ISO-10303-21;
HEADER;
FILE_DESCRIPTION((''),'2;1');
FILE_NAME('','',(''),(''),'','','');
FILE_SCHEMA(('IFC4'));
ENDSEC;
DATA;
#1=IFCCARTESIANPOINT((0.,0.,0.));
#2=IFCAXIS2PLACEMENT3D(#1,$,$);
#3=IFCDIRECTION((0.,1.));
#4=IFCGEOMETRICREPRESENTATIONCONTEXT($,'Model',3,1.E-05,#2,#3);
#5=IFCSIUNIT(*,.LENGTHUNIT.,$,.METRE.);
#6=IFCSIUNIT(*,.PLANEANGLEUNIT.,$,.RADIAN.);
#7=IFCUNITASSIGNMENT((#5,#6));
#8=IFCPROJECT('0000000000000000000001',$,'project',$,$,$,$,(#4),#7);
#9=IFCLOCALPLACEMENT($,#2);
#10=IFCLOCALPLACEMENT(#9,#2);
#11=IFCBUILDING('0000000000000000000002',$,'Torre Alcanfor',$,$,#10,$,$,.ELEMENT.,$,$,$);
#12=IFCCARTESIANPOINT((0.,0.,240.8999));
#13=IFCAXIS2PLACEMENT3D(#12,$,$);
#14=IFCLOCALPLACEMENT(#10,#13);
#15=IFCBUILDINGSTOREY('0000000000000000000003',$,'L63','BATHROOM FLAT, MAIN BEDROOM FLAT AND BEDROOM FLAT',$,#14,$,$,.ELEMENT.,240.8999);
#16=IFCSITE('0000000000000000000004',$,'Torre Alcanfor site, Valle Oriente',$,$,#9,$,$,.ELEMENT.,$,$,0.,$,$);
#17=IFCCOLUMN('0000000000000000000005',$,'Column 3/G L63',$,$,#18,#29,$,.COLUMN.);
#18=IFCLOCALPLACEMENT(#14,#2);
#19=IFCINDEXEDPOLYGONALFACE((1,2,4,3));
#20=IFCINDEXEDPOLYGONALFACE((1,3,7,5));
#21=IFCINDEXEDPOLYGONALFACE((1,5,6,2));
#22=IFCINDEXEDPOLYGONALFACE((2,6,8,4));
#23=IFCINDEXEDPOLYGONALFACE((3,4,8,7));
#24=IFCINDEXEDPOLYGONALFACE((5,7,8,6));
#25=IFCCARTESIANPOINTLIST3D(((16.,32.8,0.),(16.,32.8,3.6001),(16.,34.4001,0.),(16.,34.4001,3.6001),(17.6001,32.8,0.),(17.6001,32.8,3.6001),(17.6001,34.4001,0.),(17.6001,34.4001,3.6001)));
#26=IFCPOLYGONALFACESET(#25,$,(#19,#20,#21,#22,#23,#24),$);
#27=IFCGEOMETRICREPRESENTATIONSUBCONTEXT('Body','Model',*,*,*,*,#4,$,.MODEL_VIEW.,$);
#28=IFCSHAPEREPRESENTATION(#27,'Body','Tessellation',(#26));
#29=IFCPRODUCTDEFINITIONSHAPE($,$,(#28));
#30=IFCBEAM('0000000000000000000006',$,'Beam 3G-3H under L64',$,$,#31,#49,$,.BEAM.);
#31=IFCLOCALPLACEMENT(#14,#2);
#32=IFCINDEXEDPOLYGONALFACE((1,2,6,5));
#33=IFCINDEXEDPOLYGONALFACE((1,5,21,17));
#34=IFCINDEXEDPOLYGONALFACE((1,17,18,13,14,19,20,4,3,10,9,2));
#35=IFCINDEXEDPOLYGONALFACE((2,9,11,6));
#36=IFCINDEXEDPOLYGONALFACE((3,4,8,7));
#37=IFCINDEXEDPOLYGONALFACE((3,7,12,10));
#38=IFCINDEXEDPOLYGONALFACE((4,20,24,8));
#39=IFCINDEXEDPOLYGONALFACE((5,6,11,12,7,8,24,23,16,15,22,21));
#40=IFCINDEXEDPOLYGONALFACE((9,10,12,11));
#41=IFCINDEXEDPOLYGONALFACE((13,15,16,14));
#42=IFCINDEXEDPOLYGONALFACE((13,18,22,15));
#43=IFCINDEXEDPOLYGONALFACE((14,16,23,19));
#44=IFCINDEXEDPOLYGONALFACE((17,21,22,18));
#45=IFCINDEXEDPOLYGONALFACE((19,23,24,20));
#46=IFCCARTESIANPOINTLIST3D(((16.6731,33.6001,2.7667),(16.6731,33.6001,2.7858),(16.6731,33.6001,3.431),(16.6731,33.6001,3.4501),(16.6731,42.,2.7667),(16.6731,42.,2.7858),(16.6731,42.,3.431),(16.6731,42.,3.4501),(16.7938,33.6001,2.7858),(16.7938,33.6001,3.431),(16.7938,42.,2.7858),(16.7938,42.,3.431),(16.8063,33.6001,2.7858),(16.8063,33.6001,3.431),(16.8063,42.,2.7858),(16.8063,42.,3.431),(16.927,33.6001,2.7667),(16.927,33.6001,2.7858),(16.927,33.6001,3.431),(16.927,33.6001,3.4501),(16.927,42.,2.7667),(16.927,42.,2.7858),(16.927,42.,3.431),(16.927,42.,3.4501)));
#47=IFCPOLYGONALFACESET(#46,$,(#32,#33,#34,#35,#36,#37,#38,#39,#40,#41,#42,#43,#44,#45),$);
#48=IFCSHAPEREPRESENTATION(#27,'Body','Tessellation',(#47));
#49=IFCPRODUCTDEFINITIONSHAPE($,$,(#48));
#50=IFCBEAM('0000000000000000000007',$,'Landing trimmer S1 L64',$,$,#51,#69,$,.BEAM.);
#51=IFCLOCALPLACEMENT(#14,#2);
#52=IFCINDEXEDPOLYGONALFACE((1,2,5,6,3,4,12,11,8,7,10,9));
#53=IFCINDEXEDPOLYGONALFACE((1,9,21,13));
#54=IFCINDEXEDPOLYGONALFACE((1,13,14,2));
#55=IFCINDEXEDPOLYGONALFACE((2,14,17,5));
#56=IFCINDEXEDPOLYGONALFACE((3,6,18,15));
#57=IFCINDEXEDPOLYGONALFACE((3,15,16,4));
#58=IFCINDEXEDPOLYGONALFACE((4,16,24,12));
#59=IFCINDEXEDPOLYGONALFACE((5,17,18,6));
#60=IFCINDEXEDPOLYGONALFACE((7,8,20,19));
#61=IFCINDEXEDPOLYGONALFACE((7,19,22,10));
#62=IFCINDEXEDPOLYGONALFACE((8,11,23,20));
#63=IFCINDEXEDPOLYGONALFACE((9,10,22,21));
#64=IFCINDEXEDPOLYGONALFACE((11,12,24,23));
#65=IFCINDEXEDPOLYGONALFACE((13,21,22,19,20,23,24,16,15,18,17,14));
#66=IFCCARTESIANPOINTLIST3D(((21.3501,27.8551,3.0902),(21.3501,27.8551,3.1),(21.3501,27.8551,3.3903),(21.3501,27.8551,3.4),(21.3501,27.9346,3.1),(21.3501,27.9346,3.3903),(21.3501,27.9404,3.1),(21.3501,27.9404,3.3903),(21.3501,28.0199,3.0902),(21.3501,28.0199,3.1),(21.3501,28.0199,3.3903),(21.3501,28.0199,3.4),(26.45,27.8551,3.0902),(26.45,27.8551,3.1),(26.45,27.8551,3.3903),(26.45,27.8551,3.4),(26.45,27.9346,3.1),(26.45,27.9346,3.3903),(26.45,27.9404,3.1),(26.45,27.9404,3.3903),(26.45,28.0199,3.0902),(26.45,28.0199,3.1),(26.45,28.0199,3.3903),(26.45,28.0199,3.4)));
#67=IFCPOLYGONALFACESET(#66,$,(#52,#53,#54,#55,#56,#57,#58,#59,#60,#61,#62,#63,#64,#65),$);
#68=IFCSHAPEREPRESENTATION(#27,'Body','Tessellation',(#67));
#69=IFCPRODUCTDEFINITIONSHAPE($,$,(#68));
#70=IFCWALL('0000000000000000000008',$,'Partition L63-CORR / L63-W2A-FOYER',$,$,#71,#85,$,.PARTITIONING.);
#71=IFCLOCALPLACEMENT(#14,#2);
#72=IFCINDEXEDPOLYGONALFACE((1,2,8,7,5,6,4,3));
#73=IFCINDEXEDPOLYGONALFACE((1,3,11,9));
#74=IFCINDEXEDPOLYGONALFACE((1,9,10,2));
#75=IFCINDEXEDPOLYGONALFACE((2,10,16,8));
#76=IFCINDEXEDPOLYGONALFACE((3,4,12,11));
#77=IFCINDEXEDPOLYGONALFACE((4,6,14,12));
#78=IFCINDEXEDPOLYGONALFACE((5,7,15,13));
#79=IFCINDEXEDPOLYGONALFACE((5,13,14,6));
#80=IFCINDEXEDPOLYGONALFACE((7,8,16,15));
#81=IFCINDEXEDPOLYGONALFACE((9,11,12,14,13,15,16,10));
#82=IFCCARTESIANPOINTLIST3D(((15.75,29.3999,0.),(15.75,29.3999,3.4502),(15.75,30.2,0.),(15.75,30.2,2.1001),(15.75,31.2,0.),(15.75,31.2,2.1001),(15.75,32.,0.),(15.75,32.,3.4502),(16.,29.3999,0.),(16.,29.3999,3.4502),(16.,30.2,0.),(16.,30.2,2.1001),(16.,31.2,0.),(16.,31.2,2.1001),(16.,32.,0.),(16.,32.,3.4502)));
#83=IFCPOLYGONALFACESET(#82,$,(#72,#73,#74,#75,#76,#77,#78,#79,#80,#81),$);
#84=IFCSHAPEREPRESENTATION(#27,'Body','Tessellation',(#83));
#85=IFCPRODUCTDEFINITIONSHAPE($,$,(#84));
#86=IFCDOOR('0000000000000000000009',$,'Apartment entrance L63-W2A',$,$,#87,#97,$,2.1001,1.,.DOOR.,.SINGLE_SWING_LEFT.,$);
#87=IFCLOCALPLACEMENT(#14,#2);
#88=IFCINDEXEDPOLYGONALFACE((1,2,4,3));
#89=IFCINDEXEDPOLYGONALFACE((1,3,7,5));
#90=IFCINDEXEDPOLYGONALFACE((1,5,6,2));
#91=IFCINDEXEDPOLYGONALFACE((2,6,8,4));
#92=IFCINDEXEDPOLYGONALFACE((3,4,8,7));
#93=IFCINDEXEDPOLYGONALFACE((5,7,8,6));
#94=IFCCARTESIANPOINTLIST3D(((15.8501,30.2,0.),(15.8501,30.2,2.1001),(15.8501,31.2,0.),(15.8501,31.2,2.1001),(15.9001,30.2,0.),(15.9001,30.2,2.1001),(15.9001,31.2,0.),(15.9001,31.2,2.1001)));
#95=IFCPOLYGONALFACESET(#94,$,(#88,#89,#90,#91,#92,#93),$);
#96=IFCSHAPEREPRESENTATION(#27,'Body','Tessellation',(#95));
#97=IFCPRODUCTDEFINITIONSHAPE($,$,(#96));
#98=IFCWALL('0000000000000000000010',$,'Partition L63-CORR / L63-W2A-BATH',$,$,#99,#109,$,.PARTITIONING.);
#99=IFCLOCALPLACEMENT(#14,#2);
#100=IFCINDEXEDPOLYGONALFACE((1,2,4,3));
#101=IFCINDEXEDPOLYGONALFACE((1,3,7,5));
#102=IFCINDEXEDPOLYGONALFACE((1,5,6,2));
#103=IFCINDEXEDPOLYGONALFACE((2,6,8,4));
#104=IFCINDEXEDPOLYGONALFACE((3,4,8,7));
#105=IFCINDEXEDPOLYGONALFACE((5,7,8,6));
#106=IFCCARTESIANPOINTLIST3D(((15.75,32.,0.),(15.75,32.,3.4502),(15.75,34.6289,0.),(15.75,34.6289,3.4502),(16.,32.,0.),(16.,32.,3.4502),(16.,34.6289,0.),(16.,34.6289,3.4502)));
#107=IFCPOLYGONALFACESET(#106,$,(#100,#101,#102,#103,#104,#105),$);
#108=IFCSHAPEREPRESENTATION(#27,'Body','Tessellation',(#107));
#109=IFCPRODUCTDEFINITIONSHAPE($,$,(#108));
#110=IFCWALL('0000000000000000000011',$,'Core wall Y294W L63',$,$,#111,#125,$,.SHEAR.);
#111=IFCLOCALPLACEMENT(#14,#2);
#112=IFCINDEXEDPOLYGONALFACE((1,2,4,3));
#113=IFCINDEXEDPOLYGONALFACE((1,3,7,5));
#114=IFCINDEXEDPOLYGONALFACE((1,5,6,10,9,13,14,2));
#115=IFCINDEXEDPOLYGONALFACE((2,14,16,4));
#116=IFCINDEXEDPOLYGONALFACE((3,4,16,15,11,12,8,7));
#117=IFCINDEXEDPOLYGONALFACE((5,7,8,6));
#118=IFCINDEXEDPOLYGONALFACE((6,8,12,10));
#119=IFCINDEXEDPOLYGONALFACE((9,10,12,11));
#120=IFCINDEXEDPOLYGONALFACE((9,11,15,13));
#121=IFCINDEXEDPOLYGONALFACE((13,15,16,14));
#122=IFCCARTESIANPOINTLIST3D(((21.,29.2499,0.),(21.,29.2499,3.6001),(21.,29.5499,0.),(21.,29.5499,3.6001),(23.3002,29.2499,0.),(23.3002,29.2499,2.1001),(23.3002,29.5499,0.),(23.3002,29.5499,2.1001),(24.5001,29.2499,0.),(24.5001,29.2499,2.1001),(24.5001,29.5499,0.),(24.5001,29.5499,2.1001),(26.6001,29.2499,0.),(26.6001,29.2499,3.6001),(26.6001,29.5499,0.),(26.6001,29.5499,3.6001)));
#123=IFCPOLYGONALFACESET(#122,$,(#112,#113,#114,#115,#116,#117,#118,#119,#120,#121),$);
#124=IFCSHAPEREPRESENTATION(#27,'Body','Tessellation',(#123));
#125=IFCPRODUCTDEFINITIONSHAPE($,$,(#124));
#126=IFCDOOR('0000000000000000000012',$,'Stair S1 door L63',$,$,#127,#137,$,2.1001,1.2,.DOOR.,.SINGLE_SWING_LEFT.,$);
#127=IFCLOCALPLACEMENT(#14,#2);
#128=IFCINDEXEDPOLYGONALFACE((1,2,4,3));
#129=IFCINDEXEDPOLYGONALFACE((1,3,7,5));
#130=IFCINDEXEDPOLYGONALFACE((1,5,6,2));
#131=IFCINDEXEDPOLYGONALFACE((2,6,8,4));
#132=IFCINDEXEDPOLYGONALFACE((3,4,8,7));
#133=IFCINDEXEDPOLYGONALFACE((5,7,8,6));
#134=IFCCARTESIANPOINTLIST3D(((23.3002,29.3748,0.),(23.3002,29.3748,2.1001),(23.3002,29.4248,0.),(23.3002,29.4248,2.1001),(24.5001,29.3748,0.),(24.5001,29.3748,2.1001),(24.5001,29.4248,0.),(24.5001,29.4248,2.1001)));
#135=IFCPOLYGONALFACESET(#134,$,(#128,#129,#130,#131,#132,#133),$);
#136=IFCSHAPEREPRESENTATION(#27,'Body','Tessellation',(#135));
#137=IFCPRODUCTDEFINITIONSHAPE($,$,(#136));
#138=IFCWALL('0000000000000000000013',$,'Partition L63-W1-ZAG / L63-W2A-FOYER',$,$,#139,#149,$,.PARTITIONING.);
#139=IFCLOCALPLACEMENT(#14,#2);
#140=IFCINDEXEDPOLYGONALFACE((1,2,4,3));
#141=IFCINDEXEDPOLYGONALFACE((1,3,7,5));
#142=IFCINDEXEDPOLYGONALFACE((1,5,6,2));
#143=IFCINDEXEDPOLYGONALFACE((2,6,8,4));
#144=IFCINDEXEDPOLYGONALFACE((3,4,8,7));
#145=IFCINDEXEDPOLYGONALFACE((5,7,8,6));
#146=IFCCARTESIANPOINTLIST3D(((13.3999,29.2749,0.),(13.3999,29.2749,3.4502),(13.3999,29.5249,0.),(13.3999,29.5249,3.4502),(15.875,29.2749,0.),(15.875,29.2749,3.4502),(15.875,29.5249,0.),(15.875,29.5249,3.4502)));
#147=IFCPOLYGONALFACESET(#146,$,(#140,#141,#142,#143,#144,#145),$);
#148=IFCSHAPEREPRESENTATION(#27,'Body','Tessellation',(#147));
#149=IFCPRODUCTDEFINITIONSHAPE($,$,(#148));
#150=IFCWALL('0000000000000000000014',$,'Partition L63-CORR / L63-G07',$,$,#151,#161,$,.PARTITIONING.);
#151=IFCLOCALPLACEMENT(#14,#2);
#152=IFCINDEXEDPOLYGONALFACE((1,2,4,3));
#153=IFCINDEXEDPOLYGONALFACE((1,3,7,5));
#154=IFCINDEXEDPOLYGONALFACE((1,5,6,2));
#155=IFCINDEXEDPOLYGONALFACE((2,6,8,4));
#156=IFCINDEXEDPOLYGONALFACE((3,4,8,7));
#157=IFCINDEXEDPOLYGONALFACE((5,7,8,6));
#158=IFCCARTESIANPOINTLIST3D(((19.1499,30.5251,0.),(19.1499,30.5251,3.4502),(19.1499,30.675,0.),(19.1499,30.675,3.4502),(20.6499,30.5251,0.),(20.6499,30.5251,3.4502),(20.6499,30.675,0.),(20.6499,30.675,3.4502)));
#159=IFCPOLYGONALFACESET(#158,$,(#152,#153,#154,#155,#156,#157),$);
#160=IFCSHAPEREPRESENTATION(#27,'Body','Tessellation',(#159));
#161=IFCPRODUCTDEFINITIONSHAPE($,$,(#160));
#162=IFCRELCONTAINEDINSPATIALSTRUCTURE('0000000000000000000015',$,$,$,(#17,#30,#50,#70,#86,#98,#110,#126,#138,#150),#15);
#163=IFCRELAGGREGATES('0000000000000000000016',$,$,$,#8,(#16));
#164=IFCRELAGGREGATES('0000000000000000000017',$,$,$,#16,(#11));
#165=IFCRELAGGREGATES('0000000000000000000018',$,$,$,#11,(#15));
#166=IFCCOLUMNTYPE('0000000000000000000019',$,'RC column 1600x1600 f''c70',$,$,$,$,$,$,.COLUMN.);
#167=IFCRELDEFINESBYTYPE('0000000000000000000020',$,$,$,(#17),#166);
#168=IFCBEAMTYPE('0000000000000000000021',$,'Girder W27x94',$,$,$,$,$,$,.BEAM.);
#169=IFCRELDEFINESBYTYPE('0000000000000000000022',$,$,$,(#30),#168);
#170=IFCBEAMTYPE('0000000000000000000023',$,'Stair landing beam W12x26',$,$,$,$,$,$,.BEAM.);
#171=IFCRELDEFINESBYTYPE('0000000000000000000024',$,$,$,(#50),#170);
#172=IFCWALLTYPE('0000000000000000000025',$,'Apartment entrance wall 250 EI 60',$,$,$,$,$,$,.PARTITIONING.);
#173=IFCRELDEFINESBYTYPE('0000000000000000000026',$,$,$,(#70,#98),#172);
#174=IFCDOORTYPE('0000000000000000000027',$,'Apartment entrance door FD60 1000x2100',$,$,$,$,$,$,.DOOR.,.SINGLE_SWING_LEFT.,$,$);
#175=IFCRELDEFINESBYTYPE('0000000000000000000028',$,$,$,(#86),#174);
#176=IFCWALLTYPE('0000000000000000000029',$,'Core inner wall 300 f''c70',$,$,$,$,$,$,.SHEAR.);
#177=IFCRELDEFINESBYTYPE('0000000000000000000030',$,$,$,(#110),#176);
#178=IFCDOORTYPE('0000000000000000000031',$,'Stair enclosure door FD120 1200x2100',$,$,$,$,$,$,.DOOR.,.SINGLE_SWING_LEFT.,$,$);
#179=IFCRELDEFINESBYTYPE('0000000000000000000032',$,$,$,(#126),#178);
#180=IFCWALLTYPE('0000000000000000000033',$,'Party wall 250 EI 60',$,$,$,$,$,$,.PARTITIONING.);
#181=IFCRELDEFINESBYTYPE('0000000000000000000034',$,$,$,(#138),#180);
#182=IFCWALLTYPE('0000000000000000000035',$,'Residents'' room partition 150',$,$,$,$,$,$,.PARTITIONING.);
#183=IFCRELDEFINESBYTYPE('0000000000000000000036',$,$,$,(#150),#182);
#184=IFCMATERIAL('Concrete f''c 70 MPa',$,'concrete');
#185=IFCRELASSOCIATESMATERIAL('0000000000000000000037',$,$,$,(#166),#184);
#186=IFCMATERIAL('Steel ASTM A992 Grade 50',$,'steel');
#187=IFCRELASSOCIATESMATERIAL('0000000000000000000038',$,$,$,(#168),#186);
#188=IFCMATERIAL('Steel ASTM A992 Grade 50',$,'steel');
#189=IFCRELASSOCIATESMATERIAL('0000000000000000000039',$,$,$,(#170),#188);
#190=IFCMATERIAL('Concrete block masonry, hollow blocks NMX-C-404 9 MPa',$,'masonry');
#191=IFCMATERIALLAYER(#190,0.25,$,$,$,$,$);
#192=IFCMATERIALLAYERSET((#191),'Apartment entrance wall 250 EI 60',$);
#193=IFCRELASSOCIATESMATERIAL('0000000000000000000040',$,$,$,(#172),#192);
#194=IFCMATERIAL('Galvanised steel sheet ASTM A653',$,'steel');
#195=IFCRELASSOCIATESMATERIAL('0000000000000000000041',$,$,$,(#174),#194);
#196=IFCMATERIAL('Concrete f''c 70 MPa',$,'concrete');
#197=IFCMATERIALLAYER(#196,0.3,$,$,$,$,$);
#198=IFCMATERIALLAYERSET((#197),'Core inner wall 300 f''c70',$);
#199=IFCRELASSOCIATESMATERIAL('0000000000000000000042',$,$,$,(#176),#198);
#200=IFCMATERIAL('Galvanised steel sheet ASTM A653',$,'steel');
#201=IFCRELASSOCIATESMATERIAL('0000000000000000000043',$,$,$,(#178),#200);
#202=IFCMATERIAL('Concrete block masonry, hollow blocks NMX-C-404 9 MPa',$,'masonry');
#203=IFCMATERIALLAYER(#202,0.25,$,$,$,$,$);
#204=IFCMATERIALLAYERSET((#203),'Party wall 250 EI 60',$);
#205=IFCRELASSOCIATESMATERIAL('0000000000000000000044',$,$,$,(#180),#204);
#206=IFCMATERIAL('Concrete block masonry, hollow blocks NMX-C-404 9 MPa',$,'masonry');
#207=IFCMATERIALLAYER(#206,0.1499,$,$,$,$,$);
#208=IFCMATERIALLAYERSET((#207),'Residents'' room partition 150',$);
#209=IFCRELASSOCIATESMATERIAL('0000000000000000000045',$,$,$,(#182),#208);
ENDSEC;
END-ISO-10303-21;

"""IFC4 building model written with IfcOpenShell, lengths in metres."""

from ifc_helpers import new_model, si_unit, direction, frame, frame_2d, origin, origin_2d, place, context, subcontext, project, spatial, rectangle, i_section, extrude, material, layer, layer_set, material_profile, profile_set, type_object, element, fill, save


model = new_model("IFC4")

# Units and contexts
model_context = context("Model", 3, precision=1e-05, world=origin(), true_north=direction((0.0, 1.0)))
body_context = subcontext(model_context, "Body", "Model", "MODEL_VIEW")
ifc_project = project(units=[si_unit("LENGTHUNIT", "METRE"), si_unit("PLANEANGLEUNIT", "RADIAN")], contexts=[model_context])

# Site, building, storey
site_placement = place(None, origin())
site = spatial("IfcSite", under=ifc_project, at=site_placement, Name="Torre Alcanfor site, Valle Oriente", CompositionType="ELEMENT", RefElevation=0.0)
building_placement = place(site_placement, origin())
building = spatial("IfcBuilding", under=site, at=building_placement, Name="Torre Alcanfor", CompositionType="ELEMENT")
storey_placement = place(building_placement, frame((0.0, 0.0, 240.8999)))
storey = spatial("IfcBuildingStorey", under=building, at=storey_placement, Name="L63", Description="BATHROOM FLAT, MAIN BEDROOM FLAT AND BEDROOM FLAT", CompositionType="ELEMENT", Elevation=240.8999)

# Column
ifc_material_1 = material(Name="Concrete f'c 70 MPa", Category="concrete")
ifc_material_profile_1 = material_profile(ifc_material_1, rectangle(XDim=1.6001, YDim=1.6001, at=origin_2d()), Name="1600x1600")
ifc_profile_set_1 = profile_set([ifc_material_profile_1], Name="Concrete f'c 70 MPa")
column_type = type_object("IfcColumnType", Name="RC column 1600x1600 f'c70", PredefinedType="COLUMN", material=ifc_profile_set_1)
column_placement = place(storey_placement, frame((16.8, 33.6001, 0.0), z_axis=(0.0, 0.0, 1.0), x_axis=(1.0, 0.0, 0.0)))
element("IfcColumn", 1, at=column_placement, inside=storey, type_object=column_type, Name="Column 3/G L63", PredefinedType="COLUMN", context=body_context, shape_type="SweptSolid", body=[
    extrude(rectangle(XDim=1.6001, YDim=1.6001, at=origin_2d()), origin(), (0.0, 0.0, 1.0), 3.6001),
])

# Beams
ifc_material_2 = material(Name="Steel ASTM A992 Grade 50", Category="steel")
ifc_material_profile_2 = material_profile(ifc_material_2, i_section(OverallWidth=0.2539, OverallDepth=0.6833, WebThickness=0.0125, FlangeThickness=0.019, at=origin_2d()), Name="W27x94")
ifc_profile_set_2 = profile_set([ifc_material_profile_2], Name="Steel ASTM A992 Grade 50")
beam_type_1 = type_object("IfcBeamType", Name="Girder W27x94", PredefinedType="BEAM", material=ifc_profile_set_2)
beam_1_placement = place(storey_placement, frame((16.8, 33.6001, 3.1084), z_axis=(0.0, 1.0, 0.0), x_axis=(-1.0, 0.0, 0.0)))
element("IfcBeam", 2, at=beam_1_placement, inside=storey, type_object=beam_type_1, Name="Beam 3G-3H under L64", PredefinedType="BEAM", context=body_context, shape_type="SweptSolid", body=[
    extrude(i_section(OverallWidth=0.2539, OverallDepth=0.6833, WebThickness=0.0125, FlangeThickness=0.019, at=origin_2d()), origin(), (0.0, 0.0, 1.0), 8.3999),
])
ifc_material_3 = material(Name="Steel ASTM A992 Grade 50", Category="steel")
ifc_material_profile_3 = material_profile(ifc_material_3, i_section(OverallWidth=0.1648, OverallDepth=0.3098, WebThickness=0.0059, FlangeThickness=0.0098, at=origin_2d()), Name="W12x26")
ifc_profile_set_3 = profile_set([ifc_material_profile_3], Name="Steel ASTM A992 Grade 50")
beam_type_2 = type_object("IfcBeamType", Name="Stair landing beam W12x26", PredefinedType="BEAM", material=ifc_profile_set_3)
beam_2_placement = place(storey_placement, frame((21.3501, 27.9375, 3.2451), z_axis=(1.0, 0.0, 0.0), x_axis=(0.0, 1.0, 0.0)))
element("IfcBeam", 3, at=beam_2_placement, inside=storey, type_object=beam_type_2, Name="Landing trimmer S1 L64", PredefinedType="BEAM", context=body_context, shape_type="SweptSolid", body=[
    extrude(i_section(OverallWidth=0.1648, OverallDepth=0.3098, WebThickness=0.0059, FlangeThickness=0.0098, at=origin_2d()), origin(), (0.0, 0.0, 1.0), 5.0999),
])

# Wall, opening, door
ifc_material_4 = material(Name="Concrete block masonry, hollow blocks NMX-C-404 9 MPa", Category="masonry")
ifc_layer_1 = layer(ifc_material_4, 0.25)
ifc_layer_set_1 = layer_set([ifc_layer_1], Name="Apartment entrance wall 250 EI 60")
wall_type_1 = type_object("IfcWallType", Name="Apartment entrance wall 250 EI 60", PredefinedType="PARTITIONING", material=ifc_layer_set_1)
wall_1_placement = place(storey_placement, frame((15.875, 29.3999, 0.0), z_axis=(0.0, 0.0, 1.0), x_axis=(0.0, 1.0, 0.0)))
wall_1 = element("IfcWall", 4, at=wall_1_placement, inside=storey, type_object=wall_type_1, Name="Partition L63-CORR / L63-W2A-FOYER", PredefinedType="PARTITIONING", context=body_context, shape_type="SweptSolid", body=[
    extrude(rectangle(XDim=2.6001, YDim=0.25, at=frame_2d((1.3, 0.0))), origin(), (0.0, 0.0, 1.0), 3.4502),
])
opening_1_placement = place(wall_1_placement, frame((0.8, 0.0, 0.0)))
opening_1 = element("IfcOpeningElement", 5, at=opening_1_placement, cuts=wall_1, PredefinedType="OPENING", context=body_context, shape_type="SweptSolid", body=[
    extrude(rectangle(XDim=1.0, YDim=2.1001, at=frame_2d((0.5, 1.05))), frame((0.0, 0.135, 0.0), z_axis=(0.0, -1.0, 0.0), x_axis=(1.0, 0.0, 0.0)), (0.0, 0.0, 1.0), 0.27),
])
ifc_material_5 = material(Name="Galvanised steel sheet ASTM A653", Category="steel")
door_type_1 = type_object("IfcDoorType", Name="Apartment entrance door FD60 1000x2100", OperationType="SINGLE_SWING_LEFT", PredefinedType="DOOR", material=ifc_material_5)
door_1_placement = place(opening_1_placement, origin())
door_1 = element("IfcDoor", 6, at=door_1_placement, inside=storey, type_object=door_type_1, Name="Apartment entrance L63-W2A", OperationType="SINGLE_SWING_LEFT", OverallHeight=2.1001, OverallWidth=1.0, PredefinedType="DOOR", context=body_context, shape_type="SweptSolid", body=[
    extrude(rectangle(XDim=1.0, YDim=2.1001, at=frame_2d((0.5, 1.05))), frame((0.0, 0.0249, 0.0), z_axis=(0.0, -1.0, 0.0), x_axis=(1.0, 0.0, 0.0)), (0.0, 0.0, 1.0), 0.05),
])
fill(opening_1, door_1)

# Wall
wall_2_placement = place(storey_placement, frame((15.875, 32.0, 0.0), z_axis=(0.0, 0.0, 1.0), x_axis=(0.0, 1.0, 0.0)))
element("IfcWall", 7, at=wall_2_placement, inside=storey, type_object=wall_type_1, Name="Partition L63-CORR / L63-W2A-BATH", PredefinedType="PARTITIONING", context=body_context, shape_type="SweptSolid", body=[
    extrude(rectangle(XDim=2.6289, YDim=0.25, at=frame_2d((1.3145, 0.0))), origin(), (0.0, 0.0, 1.0), 3.4502),
])

# Wall, opening, door
ifc_material_6 = material(Name="Concrete f'c 70 MPa", Category="concrete")
ifc_layer_2 = layer(ifc_material_6, 0.3)
ifc_layer_set_2 = layer_set([ifc_layer_2], Name="Core inner wall 300 f'c70")
wall_type_2 = type_object("IfcWallType", Name="Core inner wall 300 f'c70", PredefinedType="SHEAR", material=ifc_layer_set_2)
wall_3_placement = place(storey_placement, frame((21.0, 29.3999, 0.0), z_axis=(0.0, 0.0, 1.0), x_axis=(1.0, 0.0, 0.0)))
wall_3 = element("IfcWall", 8, at=wall_3_placement, inside=storey, type_object=wall_type_2, Name="Core wall Y294W L63", PredefinedType="SHEAR", context=body_context, shape_type="SweptSolid", body=[
    extrude(rectangle(XDim=5.6001, YDim=0.3, at=frame_2d((2.8, 0.0))), origin(), (0.0, 0.0, 1.0), 3.6001),
])
opening_2_placement = place(wall_3_placement, frame((2.3, 0.0, 0.0)))
opening_2 = element("IfcOpeningElement", 9, at=opening_2_placement, cuts=wall_3, PredefinedType="OPENING", context=body_context, shape_type="SweptSolid", body=[
    extrude(rectangle(XDim=1.2, YDim=2.1001, at=frame_2d((0.6001, 1.05))), frame((0.0, 0.1599, 0.0), z_axis=(0.0, -1.0, 0.0), x_axis=(1.0, 0.0, 0.0)), (0.0, 0.0, 1.0), 0.3201),
])
ifc_material_7 = material(Name="Galvanised steel sheet ASTM A653", Category="steel")
door_type_2 = type_object("IfcDoorType", Name="Stair enclosure door FD120 1200x2100", OperationType="SINGLE_SWING_LEFT", PredefinedType="DOOR", material=ifc_material_7)
door_2_placement = place(opening_2_placement, frame((1.2, 0.0, 0.0), z_axis=(0.0, 0.0, 1.0), x_axis=(-1.0, 0.0, 0.0)))
door_2 = element("IfcDoor", 10, at=door_2_placement, inside=storey, type_object=door_type_2, Name="Stair S1 door L63", OperationType="SINGLE_SWING_LEFT", OverallHeight=2.1001, OverallWidth=1.2, PredefinedType="DOOR", context=body_context, shape_type="SweptSolid", body=[
    extrude(rectangle(XDim=1.2, YDim=2.1001, at=frame_2d((0.5999, 1.05))), frame((0.0, 0.0251, 0.0), z_axis=(0.0, -1.0, 0.0), x_axis=(1.0, 0.0, 0.0)), (0.0, 0.0, 1.0), 0.05),
])
fill(opening_2, door_2)

# Walls
ifc_material_8 = material(Name="Concrete block masonry, hollow blocks NMX-C-404 9 MPa", Category="masonry")
ifc_layer_3 = layer(ifc_material_8, 0.25)
ifc_layer_set_3 = layer_set([ifc_layer_3], Name="Party wall 250 EI 60")
wall_type_3 = type_object("IfcWallType", Name="Party wall 250 EI 60", PredefinedType="PARTITIONING", material=ifc_layer_set_3)
wall_4_placement = place(storey_placement, frame((15.875, 29.3999, 0.0), z_axis=(0.0, 0.0, 1.0), x_axis=(-1.0, 0.0, 0.0)))
element("IfcWall", 11, at=wall_4_placement, inside=storey, type_object=wall_type_3, Name="Partition L63-W1-ZAG / L63-W2A-FOYER", PredefinedType="PARTITIONING", context=body_context, shape_type="SweptSolid", body=[
    extrude(rectangle(XDim=2.4751, YDim=0.25, at=frame_2d((1.2375, 0.0))), origin(), (0.0, 0.0, 1.0), 3.4502),
])
ifc_material_9 = material(Name="Concrete block masonry, hollow blocks NMX-C-404 9 MPa", Category="masonry")
ifc_layer_4 = layer(ifc_material_9, 0.1499)
ifc_layer_set_4 = layer_set([ifc_layer_4], Name="Residents' room partition 150")
wall_type_4 = type_object("IfcWallType", Name="Residents' room partition 150", PredefinedType="PARTITIONING", material=ifc_layer_set_4)
wall_5_placement = place(storey_placement, frame((20.6499, 30.6001, 0.0), z_axis=(0.0, 0.0, 1.0), x_axis=(-1.0, 0.0, 0.0)))
element("IfcWall", 12, at=wall_5_placement, inside=storey, type_object=wall_type_4, Name="Partition L63-CORR / L63-G07", PredefinedType="PARTITIONING", context=body_context, shape_type="SweptSolid", body=[
    extrude(rectangle(XDim=1.5, YDim=0.1499, at=frame_2d((0.75, 0.0))), origin(), (0.0, 0.0, 1.0), 3.4502),
])

save(model, "model.ifc")
